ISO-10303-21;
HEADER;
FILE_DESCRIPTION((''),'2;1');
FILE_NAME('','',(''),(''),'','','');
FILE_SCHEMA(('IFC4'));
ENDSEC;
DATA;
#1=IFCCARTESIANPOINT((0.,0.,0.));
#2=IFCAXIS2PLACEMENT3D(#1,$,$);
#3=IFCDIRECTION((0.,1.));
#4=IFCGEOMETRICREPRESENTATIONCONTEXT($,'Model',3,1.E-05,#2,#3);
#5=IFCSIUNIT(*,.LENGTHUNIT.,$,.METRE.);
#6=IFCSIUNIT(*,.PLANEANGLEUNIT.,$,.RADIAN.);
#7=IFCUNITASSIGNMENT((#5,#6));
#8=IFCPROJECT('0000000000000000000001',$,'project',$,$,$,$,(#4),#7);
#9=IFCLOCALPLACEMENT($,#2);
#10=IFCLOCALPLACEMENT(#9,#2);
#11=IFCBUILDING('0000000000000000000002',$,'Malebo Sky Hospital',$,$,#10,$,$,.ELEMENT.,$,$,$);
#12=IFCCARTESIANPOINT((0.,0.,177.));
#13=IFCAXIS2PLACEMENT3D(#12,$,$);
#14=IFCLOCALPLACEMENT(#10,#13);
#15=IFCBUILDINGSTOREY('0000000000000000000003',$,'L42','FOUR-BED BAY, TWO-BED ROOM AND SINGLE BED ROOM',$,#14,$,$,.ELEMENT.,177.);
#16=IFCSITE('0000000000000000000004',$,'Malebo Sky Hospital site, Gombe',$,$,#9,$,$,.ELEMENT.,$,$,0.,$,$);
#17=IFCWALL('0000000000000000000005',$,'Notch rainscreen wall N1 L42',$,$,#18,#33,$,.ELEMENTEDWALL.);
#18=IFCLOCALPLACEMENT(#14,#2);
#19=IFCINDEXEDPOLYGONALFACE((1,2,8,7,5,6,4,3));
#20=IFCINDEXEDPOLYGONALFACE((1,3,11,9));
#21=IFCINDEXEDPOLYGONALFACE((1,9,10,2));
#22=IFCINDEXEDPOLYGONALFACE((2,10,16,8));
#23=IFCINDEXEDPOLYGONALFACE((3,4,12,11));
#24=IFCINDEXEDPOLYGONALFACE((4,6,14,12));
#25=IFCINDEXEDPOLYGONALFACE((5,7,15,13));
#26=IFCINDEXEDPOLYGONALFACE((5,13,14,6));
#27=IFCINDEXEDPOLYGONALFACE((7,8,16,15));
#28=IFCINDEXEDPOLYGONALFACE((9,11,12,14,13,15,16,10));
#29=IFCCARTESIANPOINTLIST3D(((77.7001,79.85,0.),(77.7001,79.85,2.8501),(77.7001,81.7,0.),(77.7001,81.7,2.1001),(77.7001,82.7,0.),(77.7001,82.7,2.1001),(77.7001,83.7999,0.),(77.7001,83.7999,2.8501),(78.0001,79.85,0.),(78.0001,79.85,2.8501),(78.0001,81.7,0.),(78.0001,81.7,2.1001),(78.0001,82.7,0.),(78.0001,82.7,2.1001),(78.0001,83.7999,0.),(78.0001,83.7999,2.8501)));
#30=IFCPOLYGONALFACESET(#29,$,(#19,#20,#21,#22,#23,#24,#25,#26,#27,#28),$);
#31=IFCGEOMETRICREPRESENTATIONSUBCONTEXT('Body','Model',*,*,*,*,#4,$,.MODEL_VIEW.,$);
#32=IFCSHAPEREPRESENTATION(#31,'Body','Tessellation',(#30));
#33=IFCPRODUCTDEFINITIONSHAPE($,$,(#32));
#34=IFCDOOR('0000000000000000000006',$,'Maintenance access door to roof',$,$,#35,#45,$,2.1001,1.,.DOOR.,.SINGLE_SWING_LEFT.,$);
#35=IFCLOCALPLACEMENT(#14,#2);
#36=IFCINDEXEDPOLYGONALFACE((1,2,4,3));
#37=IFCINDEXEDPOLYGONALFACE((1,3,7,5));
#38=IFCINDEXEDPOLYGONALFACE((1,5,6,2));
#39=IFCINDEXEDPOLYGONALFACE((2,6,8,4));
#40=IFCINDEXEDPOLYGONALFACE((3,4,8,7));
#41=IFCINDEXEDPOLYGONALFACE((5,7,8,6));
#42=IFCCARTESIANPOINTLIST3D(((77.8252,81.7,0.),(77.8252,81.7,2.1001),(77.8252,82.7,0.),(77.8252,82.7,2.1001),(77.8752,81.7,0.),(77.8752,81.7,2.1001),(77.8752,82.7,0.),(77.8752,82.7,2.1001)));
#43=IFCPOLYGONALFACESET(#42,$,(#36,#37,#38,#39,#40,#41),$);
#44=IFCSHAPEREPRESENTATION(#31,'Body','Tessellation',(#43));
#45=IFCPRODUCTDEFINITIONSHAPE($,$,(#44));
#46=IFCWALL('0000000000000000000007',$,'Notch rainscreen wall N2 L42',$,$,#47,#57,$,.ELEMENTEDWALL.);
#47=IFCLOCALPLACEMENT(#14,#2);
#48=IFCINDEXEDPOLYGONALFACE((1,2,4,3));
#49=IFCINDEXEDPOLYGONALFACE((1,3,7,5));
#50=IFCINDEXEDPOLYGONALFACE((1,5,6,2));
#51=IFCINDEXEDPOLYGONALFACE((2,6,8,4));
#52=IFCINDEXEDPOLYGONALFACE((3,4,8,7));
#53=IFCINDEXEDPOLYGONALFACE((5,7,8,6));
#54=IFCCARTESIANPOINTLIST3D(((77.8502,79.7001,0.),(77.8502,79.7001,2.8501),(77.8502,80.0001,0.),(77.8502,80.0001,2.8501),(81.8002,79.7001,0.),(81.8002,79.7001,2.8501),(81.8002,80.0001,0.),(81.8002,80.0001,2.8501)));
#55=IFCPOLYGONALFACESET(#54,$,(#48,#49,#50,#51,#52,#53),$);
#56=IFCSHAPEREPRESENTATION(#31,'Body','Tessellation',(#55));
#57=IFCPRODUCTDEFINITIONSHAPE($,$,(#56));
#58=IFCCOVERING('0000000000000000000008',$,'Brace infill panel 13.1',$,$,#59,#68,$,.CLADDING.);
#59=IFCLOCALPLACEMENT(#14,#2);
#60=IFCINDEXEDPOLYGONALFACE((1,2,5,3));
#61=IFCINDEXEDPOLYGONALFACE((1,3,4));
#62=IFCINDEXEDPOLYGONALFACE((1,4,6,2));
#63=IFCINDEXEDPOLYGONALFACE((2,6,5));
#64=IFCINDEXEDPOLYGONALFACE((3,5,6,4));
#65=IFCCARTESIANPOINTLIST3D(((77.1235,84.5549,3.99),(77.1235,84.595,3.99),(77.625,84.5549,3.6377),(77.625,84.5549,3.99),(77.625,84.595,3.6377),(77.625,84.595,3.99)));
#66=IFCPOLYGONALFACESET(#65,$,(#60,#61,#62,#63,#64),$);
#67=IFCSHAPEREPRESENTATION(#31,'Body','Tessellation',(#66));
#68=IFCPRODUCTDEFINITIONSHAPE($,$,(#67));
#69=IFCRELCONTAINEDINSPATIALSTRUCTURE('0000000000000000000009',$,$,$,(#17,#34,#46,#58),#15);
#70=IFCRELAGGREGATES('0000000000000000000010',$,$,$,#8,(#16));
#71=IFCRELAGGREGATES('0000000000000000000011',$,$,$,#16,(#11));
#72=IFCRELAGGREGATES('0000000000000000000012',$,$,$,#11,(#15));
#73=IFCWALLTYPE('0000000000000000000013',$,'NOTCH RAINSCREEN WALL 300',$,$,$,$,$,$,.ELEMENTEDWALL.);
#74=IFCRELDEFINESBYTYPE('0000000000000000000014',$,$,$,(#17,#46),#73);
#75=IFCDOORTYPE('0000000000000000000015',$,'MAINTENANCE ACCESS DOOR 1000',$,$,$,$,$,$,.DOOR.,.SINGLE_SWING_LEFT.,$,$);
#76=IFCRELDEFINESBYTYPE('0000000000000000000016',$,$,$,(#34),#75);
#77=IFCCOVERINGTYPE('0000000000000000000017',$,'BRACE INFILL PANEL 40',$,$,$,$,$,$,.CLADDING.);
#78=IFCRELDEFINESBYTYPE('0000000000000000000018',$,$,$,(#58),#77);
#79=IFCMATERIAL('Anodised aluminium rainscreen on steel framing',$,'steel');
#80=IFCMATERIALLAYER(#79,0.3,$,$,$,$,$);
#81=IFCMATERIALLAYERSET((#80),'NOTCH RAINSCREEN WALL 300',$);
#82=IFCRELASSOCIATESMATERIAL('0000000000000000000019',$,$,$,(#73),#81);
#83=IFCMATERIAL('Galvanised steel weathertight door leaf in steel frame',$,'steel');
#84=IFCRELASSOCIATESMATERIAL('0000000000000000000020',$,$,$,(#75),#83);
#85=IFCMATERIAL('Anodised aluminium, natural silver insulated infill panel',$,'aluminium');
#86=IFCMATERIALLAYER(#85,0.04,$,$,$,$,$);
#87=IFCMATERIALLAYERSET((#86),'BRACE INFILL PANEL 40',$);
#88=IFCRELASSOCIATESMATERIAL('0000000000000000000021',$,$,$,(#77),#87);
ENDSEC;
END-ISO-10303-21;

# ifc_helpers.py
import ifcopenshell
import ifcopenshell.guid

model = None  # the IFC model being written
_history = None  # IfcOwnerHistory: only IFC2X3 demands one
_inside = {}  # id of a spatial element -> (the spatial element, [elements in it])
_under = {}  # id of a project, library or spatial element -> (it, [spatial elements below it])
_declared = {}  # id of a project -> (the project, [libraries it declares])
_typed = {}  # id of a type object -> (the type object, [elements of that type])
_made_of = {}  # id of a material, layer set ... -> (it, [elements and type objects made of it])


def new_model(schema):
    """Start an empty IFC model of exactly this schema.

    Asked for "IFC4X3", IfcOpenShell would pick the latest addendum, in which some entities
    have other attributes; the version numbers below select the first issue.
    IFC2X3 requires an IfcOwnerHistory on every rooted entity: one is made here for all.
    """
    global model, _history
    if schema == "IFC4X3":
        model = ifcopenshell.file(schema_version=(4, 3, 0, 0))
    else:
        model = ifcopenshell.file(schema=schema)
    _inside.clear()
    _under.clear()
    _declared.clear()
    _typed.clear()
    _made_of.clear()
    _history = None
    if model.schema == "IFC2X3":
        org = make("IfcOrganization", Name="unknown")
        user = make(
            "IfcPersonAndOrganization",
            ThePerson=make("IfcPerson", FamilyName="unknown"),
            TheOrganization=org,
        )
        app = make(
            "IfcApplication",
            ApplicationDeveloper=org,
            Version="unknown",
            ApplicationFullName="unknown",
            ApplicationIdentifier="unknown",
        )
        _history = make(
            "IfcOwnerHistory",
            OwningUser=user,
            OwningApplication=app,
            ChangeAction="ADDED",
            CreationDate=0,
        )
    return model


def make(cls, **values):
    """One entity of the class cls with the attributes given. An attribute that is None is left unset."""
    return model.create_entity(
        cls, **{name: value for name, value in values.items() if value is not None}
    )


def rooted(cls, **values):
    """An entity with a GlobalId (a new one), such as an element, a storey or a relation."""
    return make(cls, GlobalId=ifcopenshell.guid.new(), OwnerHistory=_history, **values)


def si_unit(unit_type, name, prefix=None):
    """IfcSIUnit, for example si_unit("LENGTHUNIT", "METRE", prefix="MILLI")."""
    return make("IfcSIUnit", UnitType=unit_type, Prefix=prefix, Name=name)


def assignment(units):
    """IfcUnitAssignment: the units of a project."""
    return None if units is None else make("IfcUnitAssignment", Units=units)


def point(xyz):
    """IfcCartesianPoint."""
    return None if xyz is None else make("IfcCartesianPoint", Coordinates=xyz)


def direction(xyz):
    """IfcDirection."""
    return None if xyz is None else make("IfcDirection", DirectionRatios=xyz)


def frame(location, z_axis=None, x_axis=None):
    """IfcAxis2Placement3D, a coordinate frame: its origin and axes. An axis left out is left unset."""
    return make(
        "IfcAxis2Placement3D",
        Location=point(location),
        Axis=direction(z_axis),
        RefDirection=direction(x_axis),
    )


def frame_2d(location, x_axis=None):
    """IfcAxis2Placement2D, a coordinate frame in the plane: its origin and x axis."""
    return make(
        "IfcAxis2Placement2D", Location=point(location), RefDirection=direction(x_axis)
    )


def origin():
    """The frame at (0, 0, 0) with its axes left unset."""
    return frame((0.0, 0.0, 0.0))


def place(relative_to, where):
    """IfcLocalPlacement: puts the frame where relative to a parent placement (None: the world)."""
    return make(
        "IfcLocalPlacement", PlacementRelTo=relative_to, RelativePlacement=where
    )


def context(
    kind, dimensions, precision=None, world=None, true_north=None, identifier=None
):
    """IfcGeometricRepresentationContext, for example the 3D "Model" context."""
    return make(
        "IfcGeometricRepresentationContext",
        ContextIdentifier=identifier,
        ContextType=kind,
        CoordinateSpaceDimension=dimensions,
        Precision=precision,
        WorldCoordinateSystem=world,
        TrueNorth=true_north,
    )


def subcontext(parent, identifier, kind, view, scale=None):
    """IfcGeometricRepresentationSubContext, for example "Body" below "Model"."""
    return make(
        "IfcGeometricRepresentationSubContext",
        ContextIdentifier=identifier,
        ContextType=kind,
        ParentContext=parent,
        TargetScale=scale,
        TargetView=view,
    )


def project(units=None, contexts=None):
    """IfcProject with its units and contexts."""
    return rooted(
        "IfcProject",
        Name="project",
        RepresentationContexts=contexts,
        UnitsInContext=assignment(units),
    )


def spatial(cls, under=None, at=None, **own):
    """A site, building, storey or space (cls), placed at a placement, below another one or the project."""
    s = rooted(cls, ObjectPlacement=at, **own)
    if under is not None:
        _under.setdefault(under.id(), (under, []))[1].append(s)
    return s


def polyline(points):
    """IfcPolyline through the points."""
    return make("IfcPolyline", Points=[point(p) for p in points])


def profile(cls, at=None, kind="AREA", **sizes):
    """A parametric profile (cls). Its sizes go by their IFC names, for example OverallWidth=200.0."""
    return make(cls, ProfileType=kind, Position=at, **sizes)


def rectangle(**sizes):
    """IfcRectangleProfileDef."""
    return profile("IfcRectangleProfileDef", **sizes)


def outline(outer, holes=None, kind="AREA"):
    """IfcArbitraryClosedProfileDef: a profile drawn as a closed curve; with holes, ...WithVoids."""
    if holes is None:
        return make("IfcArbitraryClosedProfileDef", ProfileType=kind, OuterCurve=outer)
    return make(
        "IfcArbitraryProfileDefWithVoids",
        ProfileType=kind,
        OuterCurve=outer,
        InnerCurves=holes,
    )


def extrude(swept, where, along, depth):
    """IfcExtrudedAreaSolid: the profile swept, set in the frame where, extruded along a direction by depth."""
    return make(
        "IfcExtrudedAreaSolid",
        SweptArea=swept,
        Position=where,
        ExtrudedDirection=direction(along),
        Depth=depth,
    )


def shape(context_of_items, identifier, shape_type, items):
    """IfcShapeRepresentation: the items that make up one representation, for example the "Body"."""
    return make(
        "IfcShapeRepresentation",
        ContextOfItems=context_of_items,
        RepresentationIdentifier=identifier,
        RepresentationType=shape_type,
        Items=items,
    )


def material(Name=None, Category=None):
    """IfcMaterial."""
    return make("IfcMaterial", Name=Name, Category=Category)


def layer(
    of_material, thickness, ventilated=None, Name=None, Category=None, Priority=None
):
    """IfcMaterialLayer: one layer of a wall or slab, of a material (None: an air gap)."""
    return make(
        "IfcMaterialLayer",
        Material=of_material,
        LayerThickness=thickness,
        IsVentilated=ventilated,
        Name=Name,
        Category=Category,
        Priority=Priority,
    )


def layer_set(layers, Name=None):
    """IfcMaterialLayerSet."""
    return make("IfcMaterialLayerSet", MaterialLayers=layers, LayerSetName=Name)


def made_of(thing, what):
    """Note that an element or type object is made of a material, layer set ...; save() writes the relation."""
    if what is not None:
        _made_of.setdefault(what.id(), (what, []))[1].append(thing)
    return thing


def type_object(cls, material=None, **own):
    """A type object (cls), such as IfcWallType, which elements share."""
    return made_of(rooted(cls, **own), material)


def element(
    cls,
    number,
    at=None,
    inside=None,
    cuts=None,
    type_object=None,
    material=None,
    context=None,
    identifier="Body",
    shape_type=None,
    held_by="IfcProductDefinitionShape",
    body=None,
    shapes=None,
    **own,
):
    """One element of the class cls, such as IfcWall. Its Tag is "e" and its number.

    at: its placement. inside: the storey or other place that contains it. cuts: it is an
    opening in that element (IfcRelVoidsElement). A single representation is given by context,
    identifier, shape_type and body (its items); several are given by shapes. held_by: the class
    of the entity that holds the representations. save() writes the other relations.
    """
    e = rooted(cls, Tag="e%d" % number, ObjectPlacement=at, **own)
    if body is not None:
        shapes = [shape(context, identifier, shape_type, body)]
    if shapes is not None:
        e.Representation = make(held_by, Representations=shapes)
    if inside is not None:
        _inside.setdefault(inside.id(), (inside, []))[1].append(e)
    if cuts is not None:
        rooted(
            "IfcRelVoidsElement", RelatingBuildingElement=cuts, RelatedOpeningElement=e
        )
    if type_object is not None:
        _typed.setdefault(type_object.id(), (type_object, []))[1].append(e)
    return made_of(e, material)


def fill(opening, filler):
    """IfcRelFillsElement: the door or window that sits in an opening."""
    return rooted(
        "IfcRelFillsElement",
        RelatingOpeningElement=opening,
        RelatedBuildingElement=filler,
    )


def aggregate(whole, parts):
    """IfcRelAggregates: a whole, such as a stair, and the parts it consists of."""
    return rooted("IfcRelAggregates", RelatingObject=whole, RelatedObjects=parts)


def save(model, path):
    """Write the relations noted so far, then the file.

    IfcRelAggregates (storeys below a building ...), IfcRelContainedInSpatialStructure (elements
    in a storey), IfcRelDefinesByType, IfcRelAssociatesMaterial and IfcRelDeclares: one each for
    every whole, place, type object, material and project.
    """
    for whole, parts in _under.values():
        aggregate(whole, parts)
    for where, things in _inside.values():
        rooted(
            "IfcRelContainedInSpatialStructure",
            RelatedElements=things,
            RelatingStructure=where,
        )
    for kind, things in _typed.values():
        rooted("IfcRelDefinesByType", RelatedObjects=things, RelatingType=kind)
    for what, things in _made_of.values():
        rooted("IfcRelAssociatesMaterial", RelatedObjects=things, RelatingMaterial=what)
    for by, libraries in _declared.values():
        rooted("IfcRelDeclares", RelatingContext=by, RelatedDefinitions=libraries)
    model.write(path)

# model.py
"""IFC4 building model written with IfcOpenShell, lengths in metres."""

from ifc_helpers import new_model, si_unit, direction, frame, frame_2d, origin, place, context, subcontext, project, spatial, polyline, rectangle, outline, extrude, material, layer, layer_set, type_object, element, fill, save


model = new_model("IFC4")

# Units and contexts
model_context = context("Model", 3, precision=1e-05, world=origin(), true_north=direction((0.0, 1.0)))
body_context = subcontext(model_context, "Body", "Model", "MODEL_VIEW")
ifc_project = project(units=[si_unit("LENGTHUNIT", "METRE"), si_unit("PLANEANGLEUNIT", "RADIAN")], contexts=[model_context])

# Site, building, storey
site_placement = place(None, origin())
site = spatial("IfcSite", under=ifc_project, at=site_placement, Name="Malebo Sky Hospital site, Gombe", CompositionType="ELEMENT", RefElevation=0.0)
building_placement = place(site_placement, origin())
building = spatial("IfcBuilding", under=site, at=building_placement, Name="Malebo Sky Hospital", CompositionType="ELEMENT")
storey_placement = place(building_placement, frame((0.0, 0.0, 177.0)))
storey = spatial("IfcBuildingStorey", under=building, at=storey_placement, Name="L42", Description="FOUR-BED BAY, TWO-BED ROOM AND SINGLE BED ROOM", CompositionType="ELEMENT", Elevation=177.0)

# Wall, opening, door
ifc_material_1 = material(Name="Anodised aluminium rainscreen on steel framing", Category="steel")
ifc_layer_1 = layer(ifc_material_1, 0.3)
ifc_layer_set_1 = layer_set([ifc_layer_1], Name="NOTCH RAINSCREEN WALL 300")
wall_type = type_object("IfcWallType", Name="NOTCH RAINSCREEN WALL 300", PredefinedType="ELEMENTEDWALL", material=ifc_layer_set_1)
wall_1_placement = place(storey_placement, frame((77.8501, 83.8, 0.0), z_axis=(0.0, 0.0, 1.0), x_axis=(0.0, -1.0, 0.0)))
wall_1 = element("IfcWall", 1, at=wall_1_placement, inside=storey, type_object=wall_type, Name="Notch rainscreen wall N1 L42", PredefinedType="ELEMENTEDWALL", context=body_context, shape_type="SweptSolid", body=[
    extrude(rectangle(XDim=3.95, YDim=0.3, at=frame_2d((1.9751, 0.0))), origin(), (0.0, 0.0, 1.0), 2.8501),
])
opening_placement = place(wall_1_placement, frame((1.1001, 0.0, 0.0)))
opening = element("IfcOpeningElement", 2, at=opening_placement, cuts=wall_1, PredefinedType="OPENING", context=body_context, shape_type="SweptSolid", body=[
    extrude(rectangle(XDim=1.0, YDim=2.1001, at=frame_2d((0.5, 1.05))), frame((0.0, 0.1599, 0.0), z_axis=(0.0, -1.0, 0.0), x_axis=(1.0, 0.0, 0.0)), (0.0, 0.0, 1.0), 0.3201),
])
ifc_material_2 = material(Name="Galvanised steel weathertight door leaf in steel frame", Category="steel")
door_type = type_object("IfcDoorType", Name="MAINTENANCE ACCESS DOOR 1000", OperationType="SINGLE_SWING_LEFT", PredefinedType="DOOR", material=ifc_material_2)
door_placement = place(opening_placement, frame((1.0, 0.0, 0.0), z_axis=(0.0, 0.0, 1.0), x_axis=(-1.0, 0.0, 0.0)))
door = element("IfcDoor", 3, at=door_placement, inside=storey, type_object=door_type, Name="Maintenance access door to roof", OperationType="SINGLE_SWING_LEFT", OverallHeight=2.1001, OverallWidth=1.0, PredefinedType="DOOR", context=body_context, shape_type="SweptSolid", body=[
    extrude(rectangle(XDim=1.0, YDim=2.1001, at=frame_2d((0.5, 1.05))), frame((0.0, 0.0249, 0.0), z_axis=(0.0, -1.0, 0.0), x_axis=(1.0, 0.0, 0.0)), (0.0, 0.0, 1.0), 0.05),
])
fill(opening, door)

# Wall
wall_2_placement = place(storey_placement, frame((77.8501, 79.8501, 0.0), z_axis=(0.0, 0.0, 1.0), x_axis=(1.0, 0.0, 0.0)))
element("IfcWall", 4, at=wall_2_placement, inside=storey, type_object=wall_type, Name="Notch rainscreen wall N2 L42", PredefinedType="ELEMENTEDWALL", context=body_context, shape_type="SweptSolid", body=[
    extrude(rectangle(XDim=3.95, YDim=0.3, at=frame_2d((1.9751, 0.0))), origin(), (0.0, 0.0, 1.0), 2.8501),
])

# Covering
ifc_material_3 = material(Name="Anodised aluminium, natural silver insulated infill panel", Category="aluminium")
ifc_layer_2 = layer(ifc_material_3, 0.04)
ifc_layer_set_2 = layer_set([ifc_layer_2], Name="BRACE INFILL PANEL 40")
covering_type = type_object("IfcCoveringType", Name="BRACE INFILL PANEL 40", PredefinedType="CLADDING", material=ifc_layer_set_2)
covering_placement = place(storey_placement, frame((77.3743, 84.575, 3.6377), z_axis=(0.0, 0.0, 1.0), x_axis=(1.0, 0.0, 0.0)))
element("IfcCovering", 5, at=covering_placement, inside=storey, type_object=covering_type, Name="Brace infill panel 13.1", PredefinedType="CLADDING", context=body_context, shape_type="SweptSolid", body=[
    extrude(outline(polyline([(0.2507, 0.0), (0.2507, 0.3523), (-0.2507, 0.3523), (0.2507, 0.0)])), frame((0.0, 0.02, 0.0), z_axis=(0.0, -1.0, 0.0), x_axis=(1.0, 0.0, 0.0)), (0.0, 0.0, 1.0), 0.04),
])

save(model, "model.ifc")
